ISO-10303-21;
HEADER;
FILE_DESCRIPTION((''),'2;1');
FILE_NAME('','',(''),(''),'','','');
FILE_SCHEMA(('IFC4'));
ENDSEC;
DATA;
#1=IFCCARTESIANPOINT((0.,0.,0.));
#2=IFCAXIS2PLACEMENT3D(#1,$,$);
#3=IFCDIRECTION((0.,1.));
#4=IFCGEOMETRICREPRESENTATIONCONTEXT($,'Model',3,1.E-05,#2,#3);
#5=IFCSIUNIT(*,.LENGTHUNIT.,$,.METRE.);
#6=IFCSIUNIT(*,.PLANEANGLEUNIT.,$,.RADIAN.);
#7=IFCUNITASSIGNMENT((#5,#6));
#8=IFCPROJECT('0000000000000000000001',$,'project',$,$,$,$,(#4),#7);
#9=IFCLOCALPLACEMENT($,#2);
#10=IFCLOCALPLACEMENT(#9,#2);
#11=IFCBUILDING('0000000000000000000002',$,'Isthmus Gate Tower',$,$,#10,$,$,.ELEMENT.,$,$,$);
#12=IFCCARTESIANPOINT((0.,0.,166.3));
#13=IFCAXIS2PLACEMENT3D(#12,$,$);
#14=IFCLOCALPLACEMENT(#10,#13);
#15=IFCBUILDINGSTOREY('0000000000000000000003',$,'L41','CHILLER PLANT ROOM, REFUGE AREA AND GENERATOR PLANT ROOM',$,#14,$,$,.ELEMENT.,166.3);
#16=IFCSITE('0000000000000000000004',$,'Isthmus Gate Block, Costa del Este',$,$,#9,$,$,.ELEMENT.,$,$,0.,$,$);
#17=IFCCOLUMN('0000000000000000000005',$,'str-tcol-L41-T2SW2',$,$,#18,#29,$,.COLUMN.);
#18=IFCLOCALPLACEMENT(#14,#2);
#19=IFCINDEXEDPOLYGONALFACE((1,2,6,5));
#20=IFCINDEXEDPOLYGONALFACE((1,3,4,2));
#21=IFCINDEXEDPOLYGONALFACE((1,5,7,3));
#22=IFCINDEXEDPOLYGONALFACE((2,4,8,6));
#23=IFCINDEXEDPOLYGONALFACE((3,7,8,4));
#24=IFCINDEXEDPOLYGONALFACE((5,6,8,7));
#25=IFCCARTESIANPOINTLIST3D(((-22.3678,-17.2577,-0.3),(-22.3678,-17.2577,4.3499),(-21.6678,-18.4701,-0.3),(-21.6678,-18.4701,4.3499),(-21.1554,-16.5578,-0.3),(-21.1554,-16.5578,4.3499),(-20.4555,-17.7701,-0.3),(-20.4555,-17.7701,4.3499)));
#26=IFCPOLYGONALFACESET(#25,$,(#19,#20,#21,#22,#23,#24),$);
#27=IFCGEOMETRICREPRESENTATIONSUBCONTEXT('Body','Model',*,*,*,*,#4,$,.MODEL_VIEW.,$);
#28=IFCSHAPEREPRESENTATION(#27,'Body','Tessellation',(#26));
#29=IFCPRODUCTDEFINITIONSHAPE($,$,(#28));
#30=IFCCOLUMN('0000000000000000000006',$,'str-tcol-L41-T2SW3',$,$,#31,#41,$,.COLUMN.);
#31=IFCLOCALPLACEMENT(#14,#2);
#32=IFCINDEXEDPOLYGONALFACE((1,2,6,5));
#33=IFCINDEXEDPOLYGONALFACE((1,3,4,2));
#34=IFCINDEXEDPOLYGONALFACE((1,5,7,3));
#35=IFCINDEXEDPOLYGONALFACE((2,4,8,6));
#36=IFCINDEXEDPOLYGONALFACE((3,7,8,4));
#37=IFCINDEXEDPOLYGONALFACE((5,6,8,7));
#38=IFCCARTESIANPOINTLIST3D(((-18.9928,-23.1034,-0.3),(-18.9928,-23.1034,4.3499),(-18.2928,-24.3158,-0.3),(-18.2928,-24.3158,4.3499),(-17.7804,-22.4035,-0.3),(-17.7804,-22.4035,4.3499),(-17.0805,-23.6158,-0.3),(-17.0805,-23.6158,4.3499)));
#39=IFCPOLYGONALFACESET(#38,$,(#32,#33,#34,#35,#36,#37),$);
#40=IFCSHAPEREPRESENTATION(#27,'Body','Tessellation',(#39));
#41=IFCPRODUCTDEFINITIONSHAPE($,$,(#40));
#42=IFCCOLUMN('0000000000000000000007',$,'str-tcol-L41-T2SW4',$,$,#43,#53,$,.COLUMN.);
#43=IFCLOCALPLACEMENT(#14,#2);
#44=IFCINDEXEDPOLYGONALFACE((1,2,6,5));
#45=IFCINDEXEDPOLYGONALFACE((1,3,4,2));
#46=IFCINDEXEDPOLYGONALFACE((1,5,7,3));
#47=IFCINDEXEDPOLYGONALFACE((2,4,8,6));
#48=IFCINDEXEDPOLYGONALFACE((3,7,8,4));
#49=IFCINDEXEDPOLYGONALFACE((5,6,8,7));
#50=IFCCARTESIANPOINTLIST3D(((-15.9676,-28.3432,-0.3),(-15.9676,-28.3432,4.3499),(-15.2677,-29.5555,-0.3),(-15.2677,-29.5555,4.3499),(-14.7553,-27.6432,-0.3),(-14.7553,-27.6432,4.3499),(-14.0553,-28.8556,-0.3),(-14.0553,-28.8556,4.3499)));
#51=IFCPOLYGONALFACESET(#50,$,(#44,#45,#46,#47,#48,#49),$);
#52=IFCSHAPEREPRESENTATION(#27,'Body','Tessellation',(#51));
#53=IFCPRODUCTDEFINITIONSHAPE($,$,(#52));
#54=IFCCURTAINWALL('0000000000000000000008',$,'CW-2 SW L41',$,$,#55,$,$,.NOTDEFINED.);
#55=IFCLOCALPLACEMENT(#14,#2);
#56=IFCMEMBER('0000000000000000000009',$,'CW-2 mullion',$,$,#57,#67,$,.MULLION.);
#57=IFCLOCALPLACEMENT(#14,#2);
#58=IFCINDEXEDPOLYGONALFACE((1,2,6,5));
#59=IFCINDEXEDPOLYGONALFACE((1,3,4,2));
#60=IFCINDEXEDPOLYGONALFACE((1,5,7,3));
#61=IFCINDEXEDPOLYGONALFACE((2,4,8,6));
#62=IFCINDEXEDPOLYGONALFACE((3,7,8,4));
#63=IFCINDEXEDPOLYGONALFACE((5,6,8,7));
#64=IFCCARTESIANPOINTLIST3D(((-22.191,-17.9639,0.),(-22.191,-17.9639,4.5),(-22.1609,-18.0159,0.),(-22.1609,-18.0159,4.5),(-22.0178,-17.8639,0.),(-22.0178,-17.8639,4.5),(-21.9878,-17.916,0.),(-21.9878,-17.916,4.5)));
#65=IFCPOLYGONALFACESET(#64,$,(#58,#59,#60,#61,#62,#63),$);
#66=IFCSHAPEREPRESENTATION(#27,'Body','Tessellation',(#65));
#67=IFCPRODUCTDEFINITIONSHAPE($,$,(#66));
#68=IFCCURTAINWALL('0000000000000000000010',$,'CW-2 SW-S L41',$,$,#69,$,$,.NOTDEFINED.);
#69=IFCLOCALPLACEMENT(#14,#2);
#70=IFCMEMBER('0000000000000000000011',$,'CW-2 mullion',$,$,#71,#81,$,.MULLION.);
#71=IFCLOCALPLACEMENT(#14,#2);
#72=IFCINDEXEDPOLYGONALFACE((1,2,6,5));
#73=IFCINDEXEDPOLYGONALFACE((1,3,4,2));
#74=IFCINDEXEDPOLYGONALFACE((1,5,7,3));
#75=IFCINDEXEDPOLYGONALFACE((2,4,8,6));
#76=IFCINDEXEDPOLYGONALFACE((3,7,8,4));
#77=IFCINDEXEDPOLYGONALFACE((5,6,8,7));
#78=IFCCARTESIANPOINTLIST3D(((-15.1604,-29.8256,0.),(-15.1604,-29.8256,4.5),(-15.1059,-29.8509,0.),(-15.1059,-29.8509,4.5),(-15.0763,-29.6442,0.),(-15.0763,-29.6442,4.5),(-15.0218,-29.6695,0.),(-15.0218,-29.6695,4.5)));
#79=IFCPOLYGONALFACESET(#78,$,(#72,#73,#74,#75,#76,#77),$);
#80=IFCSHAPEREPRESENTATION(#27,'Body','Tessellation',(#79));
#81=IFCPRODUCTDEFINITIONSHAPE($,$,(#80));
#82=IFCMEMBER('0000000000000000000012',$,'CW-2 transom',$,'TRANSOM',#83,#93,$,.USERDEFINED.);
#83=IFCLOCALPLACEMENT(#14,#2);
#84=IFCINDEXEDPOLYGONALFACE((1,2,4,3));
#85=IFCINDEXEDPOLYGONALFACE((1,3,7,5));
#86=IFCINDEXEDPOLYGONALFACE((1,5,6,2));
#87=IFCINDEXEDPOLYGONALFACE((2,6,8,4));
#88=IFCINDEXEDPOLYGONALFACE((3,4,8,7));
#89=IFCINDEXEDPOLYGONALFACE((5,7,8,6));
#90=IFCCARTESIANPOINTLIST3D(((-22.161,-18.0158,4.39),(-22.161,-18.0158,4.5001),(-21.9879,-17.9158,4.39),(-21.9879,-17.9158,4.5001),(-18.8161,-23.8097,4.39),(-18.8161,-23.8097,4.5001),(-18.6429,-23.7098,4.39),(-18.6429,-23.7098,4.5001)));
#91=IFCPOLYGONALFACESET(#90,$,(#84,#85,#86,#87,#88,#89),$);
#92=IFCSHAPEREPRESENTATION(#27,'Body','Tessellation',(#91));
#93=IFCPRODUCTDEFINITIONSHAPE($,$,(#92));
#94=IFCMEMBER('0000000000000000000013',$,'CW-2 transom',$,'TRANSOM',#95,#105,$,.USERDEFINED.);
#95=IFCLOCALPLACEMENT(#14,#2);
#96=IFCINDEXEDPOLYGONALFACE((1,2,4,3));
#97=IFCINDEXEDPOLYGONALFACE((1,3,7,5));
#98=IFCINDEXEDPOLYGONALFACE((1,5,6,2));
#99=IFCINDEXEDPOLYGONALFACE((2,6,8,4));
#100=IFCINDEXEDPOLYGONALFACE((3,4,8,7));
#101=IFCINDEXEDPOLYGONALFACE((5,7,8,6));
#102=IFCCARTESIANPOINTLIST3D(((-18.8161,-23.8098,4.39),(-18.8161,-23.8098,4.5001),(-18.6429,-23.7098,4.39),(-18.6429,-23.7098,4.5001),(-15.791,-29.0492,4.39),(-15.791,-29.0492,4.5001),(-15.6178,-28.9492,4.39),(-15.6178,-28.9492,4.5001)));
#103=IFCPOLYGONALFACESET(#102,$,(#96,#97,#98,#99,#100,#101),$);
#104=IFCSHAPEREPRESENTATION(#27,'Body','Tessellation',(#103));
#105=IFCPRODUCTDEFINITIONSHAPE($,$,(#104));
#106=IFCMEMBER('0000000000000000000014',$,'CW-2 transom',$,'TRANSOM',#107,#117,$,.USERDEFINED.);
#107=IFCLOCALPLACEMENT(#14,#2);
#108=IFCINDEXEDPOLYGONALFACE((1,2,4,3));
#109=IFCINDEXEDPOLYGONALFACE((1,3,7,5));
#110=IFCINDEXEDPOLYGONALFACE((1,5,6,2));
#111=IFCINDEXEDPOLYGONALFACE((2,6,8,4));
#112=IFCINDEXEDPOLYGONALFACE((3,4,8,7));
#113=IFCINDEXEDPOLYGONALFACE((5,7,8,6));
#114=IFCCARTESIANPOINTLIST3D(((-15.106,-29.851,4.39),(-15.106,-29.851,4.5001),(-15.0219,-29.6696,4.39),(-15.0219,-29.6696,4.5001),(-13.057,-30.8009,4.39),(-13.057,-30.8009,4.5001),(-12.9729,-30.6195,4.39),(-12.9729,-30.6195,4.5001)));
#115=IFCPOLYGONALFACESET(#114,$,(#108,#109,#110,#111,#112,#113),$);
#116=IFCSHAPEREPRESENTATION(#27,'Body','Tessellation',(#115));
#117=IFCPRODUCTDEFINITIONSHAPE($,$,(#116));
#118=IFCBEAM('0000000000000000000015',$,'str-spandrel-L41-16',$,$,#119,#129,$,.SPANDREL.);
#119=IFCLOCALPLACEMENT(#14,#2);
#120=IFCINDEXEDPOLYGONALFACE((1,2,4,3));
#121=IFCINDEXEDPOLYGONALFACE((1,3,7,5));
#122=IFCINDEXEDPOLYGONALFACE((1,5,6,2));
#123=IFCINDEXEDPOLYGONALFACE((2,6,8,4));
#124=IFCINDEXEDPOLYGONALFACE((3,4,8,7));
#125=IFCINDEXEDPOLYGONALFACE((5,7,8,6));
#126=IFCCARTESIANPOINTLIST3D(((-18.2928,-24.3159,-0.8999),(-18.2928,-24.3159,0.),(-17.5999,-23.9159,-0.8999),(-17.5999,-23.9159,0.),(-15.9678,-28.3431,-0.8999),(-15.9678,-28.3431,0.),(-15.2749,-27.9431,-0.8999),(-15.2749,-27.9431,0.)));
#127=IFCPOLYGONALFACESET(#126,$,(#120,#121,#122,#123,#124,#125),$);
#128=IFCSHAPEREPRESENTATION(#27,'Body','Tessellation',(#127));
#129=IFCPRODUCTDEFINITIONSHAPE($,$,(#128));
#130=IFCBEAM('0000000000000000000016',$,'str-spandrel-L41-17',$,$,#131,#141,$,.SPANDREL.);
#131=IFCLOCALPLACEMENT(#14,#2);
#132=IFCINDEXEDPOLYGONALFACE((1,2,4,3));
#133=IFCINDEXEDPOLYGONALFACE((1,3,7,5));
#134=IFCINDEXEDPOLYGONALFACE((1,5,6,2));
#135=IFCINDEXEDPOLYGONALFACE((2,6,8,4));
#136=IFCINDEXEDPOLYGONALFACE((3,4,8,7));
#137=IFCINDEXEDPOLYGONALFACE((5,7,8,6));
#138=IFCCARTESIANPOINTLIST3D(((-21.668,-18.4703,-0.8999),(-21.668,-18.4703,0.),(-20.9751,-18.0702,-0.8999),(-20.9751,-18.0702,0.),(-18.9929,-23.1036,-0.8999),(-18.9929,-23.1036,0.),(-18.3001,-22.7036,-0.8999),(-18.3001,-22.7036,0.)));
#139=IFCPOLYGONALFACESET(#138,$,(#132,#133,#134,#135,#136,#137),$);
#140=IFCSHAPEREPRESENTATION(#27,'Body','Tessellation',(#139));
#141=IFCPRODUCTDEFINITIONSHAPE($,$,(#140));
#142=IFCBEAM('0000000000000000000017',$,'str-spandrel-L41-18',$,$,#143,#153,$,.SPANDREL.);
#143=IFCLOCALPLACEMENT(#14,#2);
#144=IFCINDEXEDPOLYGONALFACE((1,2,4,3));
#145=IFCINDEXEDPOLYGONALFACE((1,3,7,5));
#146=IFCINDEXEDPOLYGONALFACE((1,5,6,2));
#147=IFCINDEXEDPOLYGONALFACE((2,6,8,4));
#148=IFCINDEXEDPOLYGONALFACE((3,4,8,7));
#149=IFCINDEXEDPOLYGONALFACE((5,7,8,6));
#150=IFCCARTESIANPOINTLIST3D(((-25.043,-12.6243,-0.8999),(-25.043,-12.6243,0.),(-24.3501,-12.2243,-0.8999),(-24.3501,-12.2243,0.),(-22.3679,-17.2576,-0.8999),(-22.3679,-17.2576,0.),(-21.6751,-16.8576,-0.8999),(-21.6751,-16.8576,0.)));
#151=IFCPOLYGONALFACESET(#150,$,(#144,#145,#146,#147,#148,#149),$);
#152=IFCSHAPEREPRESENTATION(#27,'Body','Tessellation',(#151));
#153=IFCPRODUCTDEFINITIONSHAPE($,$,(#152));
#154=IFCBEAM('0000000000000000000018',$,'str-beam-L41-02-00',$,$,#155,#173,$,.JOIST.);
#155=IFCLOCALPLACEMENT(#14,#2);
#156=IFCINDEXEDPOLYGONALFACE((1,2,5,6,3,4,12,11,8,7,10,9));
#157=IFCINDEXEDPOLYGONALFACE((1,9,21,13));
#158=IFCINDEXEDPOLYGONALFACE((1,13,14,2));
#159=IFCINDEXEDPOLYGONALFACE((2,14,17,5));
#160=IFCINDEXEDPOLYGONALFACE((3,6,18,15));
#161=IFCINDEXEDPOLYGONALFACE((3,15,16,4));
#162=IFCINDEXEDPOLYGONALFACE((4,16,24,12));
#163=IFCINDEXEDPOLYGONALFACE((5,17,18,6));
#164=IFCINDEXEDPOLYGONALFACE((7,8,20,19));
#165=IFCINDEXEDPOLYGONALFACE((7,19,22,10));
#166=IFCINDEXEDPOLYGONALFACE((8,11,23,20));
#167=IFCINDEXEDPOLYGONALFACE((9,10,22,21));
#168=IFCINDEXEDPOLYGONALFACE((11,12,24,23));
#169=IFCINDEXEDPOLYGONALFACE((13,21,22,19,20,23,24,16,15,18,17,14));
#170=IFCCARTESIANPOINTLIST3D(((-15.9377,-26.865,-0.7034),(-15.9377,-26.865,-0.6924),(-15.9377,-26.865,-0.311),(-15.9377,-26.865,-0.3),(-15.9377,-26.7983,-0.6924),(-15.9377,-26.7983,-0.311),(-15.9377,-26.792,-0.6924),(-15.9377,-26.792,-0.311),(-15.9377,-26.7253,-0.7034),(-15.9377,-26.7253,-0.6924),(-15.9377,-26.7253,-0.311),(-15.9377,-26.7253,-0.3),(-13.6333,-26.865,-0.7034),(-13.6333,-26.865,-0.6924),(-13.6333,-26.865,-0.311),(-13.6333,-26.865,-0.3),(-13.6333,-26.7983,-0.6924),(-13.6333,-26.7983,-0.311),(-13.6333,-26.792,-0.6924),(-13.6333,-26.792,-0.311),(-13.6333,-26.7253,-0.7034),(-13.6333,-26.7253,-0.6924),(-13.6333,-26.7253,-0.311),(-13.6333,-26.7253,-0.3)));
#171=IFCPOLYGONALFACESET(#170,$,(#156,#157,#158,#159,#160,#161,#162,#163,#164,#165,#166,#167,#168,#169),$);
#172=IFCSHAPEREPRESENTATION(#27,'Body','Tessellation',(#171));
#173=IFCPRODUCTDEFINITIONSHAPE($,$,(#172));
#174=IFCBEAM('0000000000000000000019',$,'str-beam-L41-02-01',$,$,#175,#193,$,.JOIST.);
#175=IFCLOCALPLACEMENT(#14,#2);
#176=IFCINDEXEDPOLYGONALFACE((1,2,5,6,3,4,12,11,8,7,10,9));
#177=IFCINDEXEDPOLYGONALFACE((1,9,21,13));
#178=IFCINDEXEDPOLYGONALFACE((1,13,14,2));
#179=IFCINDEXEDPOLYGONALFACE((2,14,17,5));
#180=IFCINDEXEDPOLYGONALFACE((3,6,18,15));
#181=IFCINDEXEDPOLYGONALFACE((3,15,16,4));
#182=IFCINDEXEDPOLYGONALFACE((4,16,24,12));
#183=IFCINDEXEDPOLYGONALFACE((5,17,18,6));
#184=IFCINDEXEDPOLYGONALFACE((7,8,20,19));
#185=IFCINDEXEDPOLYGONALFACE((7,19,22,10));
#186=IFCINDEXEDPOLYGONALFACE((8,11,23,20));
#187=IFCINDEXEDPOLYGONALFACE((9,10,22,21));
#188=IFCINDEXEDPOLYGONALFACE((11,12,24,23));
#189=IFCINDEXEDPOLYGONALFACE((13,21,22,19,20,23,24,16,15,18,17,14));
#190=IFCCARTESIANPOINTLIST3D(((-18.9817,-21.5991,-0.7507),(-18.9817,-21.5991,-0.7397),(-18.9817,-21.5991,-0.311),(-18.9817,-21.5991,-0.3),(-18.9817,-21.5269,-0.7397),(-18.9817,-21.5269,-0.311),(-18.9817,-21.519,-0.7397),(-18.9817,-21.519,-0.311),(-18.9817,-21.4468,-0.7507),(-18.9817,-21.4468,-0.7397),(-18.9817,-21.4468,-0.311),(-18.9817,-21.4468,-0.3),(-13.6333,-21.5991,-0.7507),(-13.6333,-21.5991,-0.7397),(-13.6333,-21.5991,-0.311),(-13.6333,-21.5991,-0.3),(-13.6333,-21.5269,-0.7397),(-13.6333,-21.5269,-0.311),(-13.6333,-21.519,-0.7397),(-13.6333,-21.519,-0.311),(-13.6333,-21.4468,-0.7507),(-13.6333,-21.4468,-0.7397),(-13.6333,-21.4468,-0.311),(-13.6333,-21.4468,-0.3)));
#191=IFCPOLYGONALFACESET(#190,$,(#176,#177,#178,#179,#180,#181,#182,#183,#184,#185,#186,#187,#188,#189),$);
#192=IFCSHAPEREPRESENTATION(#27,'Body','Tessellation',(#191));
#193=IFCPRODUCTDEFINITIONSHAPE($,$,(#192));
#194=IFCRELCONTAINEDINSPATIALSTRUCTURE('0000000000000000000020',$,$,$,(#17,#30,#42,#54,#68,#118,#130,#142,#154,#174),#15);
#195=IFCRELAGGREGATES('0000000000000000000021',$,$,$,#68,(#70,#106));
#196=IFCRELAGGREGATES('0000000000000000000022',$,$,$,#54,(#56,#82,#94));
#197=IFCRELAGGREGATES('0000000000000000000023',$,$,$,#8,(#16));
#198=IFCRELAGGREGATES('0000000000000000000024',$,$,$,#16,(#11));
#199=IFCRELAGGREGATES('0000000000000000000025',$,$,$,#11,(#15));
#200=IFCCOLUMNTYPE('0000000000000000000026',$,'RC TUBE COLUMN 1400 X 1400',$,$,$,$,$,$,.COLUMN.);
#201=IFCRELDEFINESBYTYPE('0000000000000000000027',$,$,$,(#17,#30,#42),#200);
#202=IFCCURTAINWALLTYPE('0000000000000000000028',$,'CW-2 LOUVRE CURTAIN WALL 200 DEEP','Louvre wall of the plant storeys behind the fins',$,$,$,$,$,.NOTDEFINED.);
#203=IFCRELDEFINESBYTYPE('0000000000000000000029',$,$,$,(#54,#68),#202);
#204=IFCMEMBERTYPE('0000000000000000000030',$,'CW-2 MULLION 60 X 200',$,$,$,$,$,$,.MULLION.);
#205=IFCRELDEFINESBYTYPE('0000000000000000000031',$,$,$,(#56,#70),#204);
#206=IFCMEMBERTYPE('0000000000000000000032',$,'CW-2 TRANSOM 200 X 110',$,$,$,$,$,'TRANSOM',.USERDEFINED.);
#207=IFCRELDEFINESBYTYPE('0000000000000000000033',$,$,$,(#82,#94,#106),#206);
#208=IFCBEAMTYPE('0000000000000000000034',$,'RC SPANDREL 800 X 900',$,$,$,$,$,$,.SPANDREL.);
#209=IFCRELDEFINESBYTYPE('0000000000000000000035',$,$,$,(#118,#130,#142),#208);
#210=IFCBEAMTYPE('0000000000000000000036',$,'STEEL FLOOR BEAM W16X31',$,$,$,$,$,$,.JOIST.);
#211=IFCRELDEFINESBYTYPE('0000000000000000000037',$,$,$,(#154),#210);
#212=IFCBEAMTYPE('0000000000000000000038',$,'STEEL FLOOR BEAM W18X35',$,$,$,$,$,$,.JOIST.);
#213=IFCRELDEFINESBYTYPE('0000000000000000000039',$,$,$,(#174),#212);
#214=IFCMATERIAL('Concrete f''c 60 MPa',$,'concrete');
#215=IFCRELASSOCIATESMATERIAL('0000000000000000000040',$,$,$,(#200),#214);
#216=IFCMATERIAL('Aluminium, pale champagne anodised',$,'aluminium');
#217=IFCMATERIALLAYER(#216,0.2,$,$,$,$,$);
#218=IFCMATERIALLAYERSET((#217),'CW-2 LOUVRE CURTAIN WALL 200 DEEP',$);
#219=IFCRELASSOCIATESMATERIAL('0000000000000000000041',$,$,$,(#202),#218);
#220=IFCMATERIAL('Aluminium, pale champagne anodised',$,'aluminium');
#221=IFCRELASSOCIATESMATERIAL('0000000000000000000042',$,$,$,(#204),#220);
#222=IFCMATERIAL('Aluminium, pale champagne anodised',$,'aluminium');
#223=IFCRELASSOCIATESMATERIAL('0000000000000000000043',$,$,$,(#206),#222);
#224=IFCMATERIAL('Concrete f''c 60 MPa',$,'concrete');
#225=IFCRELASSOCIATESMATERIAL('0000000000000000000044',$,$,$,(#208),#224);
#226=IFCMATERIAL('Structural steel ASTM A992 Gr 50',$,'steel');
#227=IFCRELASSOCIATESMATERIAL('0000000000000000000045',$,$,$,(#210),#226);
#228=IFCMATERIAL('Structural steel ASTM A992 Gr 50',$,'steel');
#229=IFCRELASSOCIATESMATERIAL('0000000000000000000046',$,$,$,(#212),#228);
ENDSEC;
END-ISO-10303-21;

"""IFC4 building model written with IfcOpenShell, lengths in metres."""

from ifc_helpers import new_model, si_unit, direction, frame, origin, origin_2d, place, context, subcontext, project, spatial, rectangle, i_section, extrude, material, layer, layer_set, material_profile, profile_set, type_object, element, aggregate, save


model = new_model("IFC4")

# Units and contexts
model_context = context("Model", 3, precision=1e-05, world=origin(), true_north=direction((0.0, 1.0)))
body_context = subcontext(model_context, "Body", "Model", "MODEL_VIEW")
ifc_project = project(units=[si_unit("LENGTHUNIT", "METRE"), si_unit("PLANEANGLEUNIT", "RADIAN")], contexts=[model_context])

# Site, building, storey
site_placement = place(None, origin())
site = spatial("IfcSite", under=ifc_project, at=site_placement, Name="Isthmus Gate Block, Costa del Este", CompositionType="ELEMENT", RefElevation=0.0)
building_placement = place(site_placement, origin())
building = spatial("IfcBuilding", under=site, at=building_placement, Name="Isthmus Gate Tower", CompositionType="ELEMENT")
storey_placement = place(building_placement, frame((0.0, 0.0, 166.3)))
storey = spatial("IfcBuildingStorey", under=building, at=storey_placement, Name="L41", Description="CHILLER PLANT ROOM, REFUGE AREA AND GENERATOR PLANT ROOM", CompositionType="ELEMENT", Elevation=166.3)

# Columns
ifc_material_1 = material(Name="Concrete f'c 60 MPa", Category="concrete")
ifc_material_profile_1 = material_profile(ifc_material_1, rectangle(XDim=1.3999, YDim=1.3999, at=origin_2d()), Name="RC 1400X1400")
ifc_profile_set_1 = profile_set([ifc_material_profile_1], Name="Concrete f'c 60 MPa")
column_type = type_object("IfcColumnType", Name="RC TUBE COLUMN 1400 X 1400", PredefinedType="COLUMN", material=ifc_profile_set_1)
for number, where, z_axis, x_axis, name in (
    (1, (-21.4116, -17.5139, -0.3), (0.0, 0.0, 1.0), (0.5, -0.866025, 0.0), "str-tcol-L41-T2SW2"),
    (2, (-18.0366, -23.3596, -0.3), (0.0, 0.0, 1.0), (0.5, -0.866025, 0.0), "str-tcol-L41-T2SW3"),
    (3, (-15.0115, -28.5994, -0.3), (0.0, 0.0, 1.0), (0.5, -0.866025, 0.0), "str-tcol-L41-T2SW4"),
):
    element("IfcColumn", number, at=place(storey_placement, frame(where, z_axis=z_axis, x_axis=x_axis)), inside=storey, type_object=column_type, Name=name, PredefinedType="COLUMN", context=body_context, shape_type="SweptSolid", body=[
        extrude(rectangle(XDim=1.3999, YDim=1.3999, at=origin_2d()), origin(), (0.0, 0.0, 1.0), 4.6499),
    ])

# Curtain walls, members
ifc_material_2 = material(Name="Aluminium, pale champagne anodised", Category="aluminium")
ifc_layer_1 = layer(ifc_material_2, 0.2)
ifc_layer_set_1 = layer_set([ifc_layer_1], Name="CW-2 LOUVRE CURTAIN WALL 200 DEEP")
curtain_wall_type = type_object("IfcCurtainWallType", Name="CW-2 LOUVRE CURTAIN WALL 200 DEEP", Description="Louvre wall of the plant storeys behind the fins", PredefinedType="NOTDEFINED", material=ifc_layer_set_1)
curtain_wall_1_placement = place(storey_placement, origin())
curtain_wall_1 = element("IfcCurtainWall", 4, at=curtain_wall_1_placement, inside=storey, type_object=curtain_wall_type, Name="CW-2 SW L41", PredefinedType="NOTDEFINED")
ifc_material_3 = material(Name="Aluminium, pale champagne anodised", Category="aluminium")
ifc_material_profile_2 = material_profile(ifc_material_3, rectangle(XDim=0.0601, YDim=0.2, at=origin_2d()), Name="60x200")
ifc_profile_set_2 = profile_set([ifc_material_profile_2], Name="Aluminium, pale champagne anodised")
member_type_1 = type_object("IfcMemberType", Name="CW-2 MULLION 60 X 200", PredefinedType="MULLION", material=ifc_profile_set_2)
member_1_placement = place(storey_placement, frame((-22.0894, -17.9399, 0.0), z_axis=(0.0, 0.0, 1.0), x_axis=(0.5, -0.866025, 0.0)))
member_1 = element("IfcMember", 5, at=member_1_placement, type_object=member_type_1, Name="CW-2 mullion", PredefinedType="MULLION", context=body_context, shape_type="SweptSolid", body=[
    extrude(rectangle(XDim=0.0601, YDim=0.2, at=origin_2d()), origin(), (0.0, 0.0, 1.0), 4.5),
])
curtain_wall_2_placement = place(storey_placement, origin())
curtain_wall_2 = element("IfcCurtainWall", 6, at=curtain_wall_2_placement, inside=storey, type_object=curtain_wall_type, Name="CW-2 SW-S L41", PredefinedType="NOTDEFINED")
member_2_placement = place(storey_placement, frame((-15.0911, -29.7476, 0.0), z_axis=(0.0, 0.0, 1.0), x_axis=(0.907256, -0.420578, 0.0)))
member_2 = element("IfcMember", 7, at=member_2_placement, type_object=member_type_1, Name="CW-2 mullion", PredefinedType="MULLION", context=body_context, shape_type="SweptSolid", body=[
    extrude(rectangle(XDim=0.0601, YDim=0.2, at=origin_2d()), origin(), (0.0, 0.0, 1.0), 4.5),
])

# Members
ifc_material_4 = material(Name="Aluminium, pale champagne anodised", Category="aluminium")
ifc_material_profile_3 = material_profile(ifc_material_4, rectangle(XDim=0.2, YDim=0.1101, at=origin_2d()), Name="200x110")
ifc_profile_set_3 = profile_set([ifc_material_profile_3], Name="Aluminium, pale champagne anodised")
member_type_2 = type_object("IfcMemberType", Name="CW-2 TRANSOM 200 X 110", ElementType="TRANSOM", PredefinedType="USERDEFINED", material=ifc_profile_set_3)
member_3_placement = place(storey_placement, frame((-22.0745, -17.9658, 4.4451), z_axis=(0.499981, -0.866036, 0.0), x_axis=(0.866036, 0.499981, 0.0)))
member_3 = element("IfcMember", 8, at=member_3_placement, type_object=member_type_2, Name="CW-2 transom", ObjectType="TRANSOM", PredefinedType="USERDEFINED", context=body_context, shape_type="SweptSolid", body=[
    extrude(rectangle(XDim=0.2, YDim=0.1101, at=origin_2d()), origin(), (0.0, 0.0, 1.0), 6.6902),
])
member_4_placement = place(storey_placement, frame((-18.7295, -23.7598, 4.4451), z_axis=(0.500015, -0.866017, 0.0), x_axis=(0.866017, 0.500015, 0.0)))
member_4 = element("IfcMember", 9, at=member_4_placement, type_object=member_type_2, Name="CW-2 transom", ObjectType="TRANSOM", PredefinedType="USERDEFINED", context=body_context, shape_type="SweptSolid", body=[
    extrude(rectangle(XDim=0.2, YDim=0.1101, at=origin_2d()), origin(), (0.0, 0.0, 1.0), 6.05),
])
member_5_placement = place(storey_placement, frame((-15.064, -29.7603, 4.4451), z_axis=(0.907246, -0.4206, 0.0), x_axis=(0.4206, 0.907246, 0.0)))
member_5 = element("IfcMember", 10, at=member_5_placement, type_object=member_type_2, Name="CW-2 transom", ObjectType="TRANSOM", PredefinedType="USERDEFINED", context=body_context, shape_type="SweptSolid", body=[
    extrude(rectangle(XDim=0.2, YDim=0.1101, at=origin_2d()), origin(), (0.0, 0.0, 1.0), 2.2585),
])
aggregate(curtain_wall_2, [member_2, member_5])

# Beams
ifc_material_5 = material(Name="Concrete f'c 60 MPa", Category="concrete")
ifc_material_profile_4 = material_profile(ifc_material_5, rectangle(XDim=0.8, YDim=0.8999, at=origin_2d()), Name="RC 800X900")
ifc_profile_set_4 = profile_set([ifc_material_profile_4], Name="Concrete f'c 60 MPa")
beam_type_1 = type_object("IfcBeamType", Name="RC SPANDREL 800 X 900", PredefinedType="SPANDREL", material=ifc_profile_set_4)
beam_1_placement = place(storey_placement, frame((-15.6213, -28.1431, -0.45), z_axis=(-0.499985, 0.866034, 0.0), x_axis=(-0.866034, -0.499985, 0.0)))
element("IfcBeam", 11, at=beam_1_placement, inside=storey, type_object=beam_type_1, Name="str-spandrel-L41-16", PredefinedType="SPANDREL", context=body_context, shape_type="SweptSolid", body=[
    extrude(rectangle(XDim=0.8, YDim=0.8999, at=origin_2d()), origin(), (0.0, 0.0, 1.0), 4.6501),
])
for number, where, z_axis, x_axis, name in (
    (12, (-18.6465, -22.9036, -0.45), (-0.500002, 0.866024, 0.0), (-0.866024, -0.500002, 0.0), "str-spandrel-L41-17"),
    (13, (-22.0215, -17.0576, -0.45), (-0.500002, 0.866024, 0.0), (-0.866024, -0.500002, 0.0), "str-spandrel-L41-18"),
):
    element("IfcBeam", number, at=place(storey_placement, frame(where, z_axis=z_axis, x_axis=x_axis)), inside=storey, type_object=beam_type_1, Name=name, PredefinedType="SPANDREL", context=body_context, shape_type="SweptSolid", body=[
        extrude(rectangle(XDim=0.8, YDim=0.8999, at=origin_2d()), origin(), (0.0, 0.0, 1.0), 5.3501),
    ])
ifc_material_6 = material(Name="Structural steel ASTM A992 Gr 50", Category="steel")
ifc_material_profile_5 = material_profile(ifc_material_6, i_section(OverallWidth=0.1396, OverallDepth=0.4033, WebThickness=0.0063, FlangeThickness=0.011, at=origin_2d()), Name="W16X31")
ifc_profile_set_5 = profile_set([ifc_material_profile_5], Name="Structural steel ASTM A992 Gr 50")
beam_type_2 = type_object("IfcBeamType", Name="STEEL FLOOR BEAM W16X31", PredefinedType="JOIST", material=ifc_profile_set_5)
beam_2_placement = place(storey_placement, frame((-15.9377, -26.7952, -0.5017), z_axis=(1.0, 0.0, 0.0), x_axis=(0.0, 1.0, 0.0)))
element("IfcBeam", 14, at=beam_2_placement, inside=storey, type_object=beam_type_2, Name="str-beam-L41-02-00", PredefinedType="JOIST", context=body_context, shape_type="SweptSolid", body=[
    extrude(i_section(OverallWidth=0.1396, OverallDepth=0.4033, WebThickness=0.0063, FlangeThickness=0.011, at=origin_2d()), origin(), (0.0, 0.0, 1.0), 2.3044),
])
ifc_material_7 = material(Name="Structural steel ASTM A992 Gr 50", Category="steel")
ifc_material_profile_6 = material_profile(ifc_material_7, i_section(OverallWidth=0.1523, OverallDepth=0.4507, WebThickness=0.0078, FlangeThickness=0.011, at=origin_2d()), Name="W18X35")
ifc_profile_set_6 = profile_set([ifc_material_profile_6], Name="Structural steel ASTM A992 Gr 50")
beam_type_3 = type_object("IfcBeamType", Name="STEEL FLOOR BEAM W18X35", PredefinedType="JOIST", material=ifc_profile_set_6)
beam_3_placement = place(storey_placement, frame((-18.9817, -21.5229, -0.5254), z_axis=(1.0, 0.0, 0.0), x_axis=(0.0, 1.0, 0.0)))
element("IfcBeam", 15, at=beam_3_placement, inside=storey, type_object=beam_type_3, Name="str-beam-L41-02-01", PredefinedType="JOIST", context=body_context, shape_type="SweptSolid", body=[
    extrude(i_section(OverallWidth=0.1523, OverallDepth=0.4507, WebThickness=0.0078, FlangeThickness=0.011, at=origin_2d()), origin(), (0.0, 0.0, 1.0), 5.3484),
])

aggregate(curtain_wall_1, [member_1, member_3, member_4])

save(model, "model.ifc")
